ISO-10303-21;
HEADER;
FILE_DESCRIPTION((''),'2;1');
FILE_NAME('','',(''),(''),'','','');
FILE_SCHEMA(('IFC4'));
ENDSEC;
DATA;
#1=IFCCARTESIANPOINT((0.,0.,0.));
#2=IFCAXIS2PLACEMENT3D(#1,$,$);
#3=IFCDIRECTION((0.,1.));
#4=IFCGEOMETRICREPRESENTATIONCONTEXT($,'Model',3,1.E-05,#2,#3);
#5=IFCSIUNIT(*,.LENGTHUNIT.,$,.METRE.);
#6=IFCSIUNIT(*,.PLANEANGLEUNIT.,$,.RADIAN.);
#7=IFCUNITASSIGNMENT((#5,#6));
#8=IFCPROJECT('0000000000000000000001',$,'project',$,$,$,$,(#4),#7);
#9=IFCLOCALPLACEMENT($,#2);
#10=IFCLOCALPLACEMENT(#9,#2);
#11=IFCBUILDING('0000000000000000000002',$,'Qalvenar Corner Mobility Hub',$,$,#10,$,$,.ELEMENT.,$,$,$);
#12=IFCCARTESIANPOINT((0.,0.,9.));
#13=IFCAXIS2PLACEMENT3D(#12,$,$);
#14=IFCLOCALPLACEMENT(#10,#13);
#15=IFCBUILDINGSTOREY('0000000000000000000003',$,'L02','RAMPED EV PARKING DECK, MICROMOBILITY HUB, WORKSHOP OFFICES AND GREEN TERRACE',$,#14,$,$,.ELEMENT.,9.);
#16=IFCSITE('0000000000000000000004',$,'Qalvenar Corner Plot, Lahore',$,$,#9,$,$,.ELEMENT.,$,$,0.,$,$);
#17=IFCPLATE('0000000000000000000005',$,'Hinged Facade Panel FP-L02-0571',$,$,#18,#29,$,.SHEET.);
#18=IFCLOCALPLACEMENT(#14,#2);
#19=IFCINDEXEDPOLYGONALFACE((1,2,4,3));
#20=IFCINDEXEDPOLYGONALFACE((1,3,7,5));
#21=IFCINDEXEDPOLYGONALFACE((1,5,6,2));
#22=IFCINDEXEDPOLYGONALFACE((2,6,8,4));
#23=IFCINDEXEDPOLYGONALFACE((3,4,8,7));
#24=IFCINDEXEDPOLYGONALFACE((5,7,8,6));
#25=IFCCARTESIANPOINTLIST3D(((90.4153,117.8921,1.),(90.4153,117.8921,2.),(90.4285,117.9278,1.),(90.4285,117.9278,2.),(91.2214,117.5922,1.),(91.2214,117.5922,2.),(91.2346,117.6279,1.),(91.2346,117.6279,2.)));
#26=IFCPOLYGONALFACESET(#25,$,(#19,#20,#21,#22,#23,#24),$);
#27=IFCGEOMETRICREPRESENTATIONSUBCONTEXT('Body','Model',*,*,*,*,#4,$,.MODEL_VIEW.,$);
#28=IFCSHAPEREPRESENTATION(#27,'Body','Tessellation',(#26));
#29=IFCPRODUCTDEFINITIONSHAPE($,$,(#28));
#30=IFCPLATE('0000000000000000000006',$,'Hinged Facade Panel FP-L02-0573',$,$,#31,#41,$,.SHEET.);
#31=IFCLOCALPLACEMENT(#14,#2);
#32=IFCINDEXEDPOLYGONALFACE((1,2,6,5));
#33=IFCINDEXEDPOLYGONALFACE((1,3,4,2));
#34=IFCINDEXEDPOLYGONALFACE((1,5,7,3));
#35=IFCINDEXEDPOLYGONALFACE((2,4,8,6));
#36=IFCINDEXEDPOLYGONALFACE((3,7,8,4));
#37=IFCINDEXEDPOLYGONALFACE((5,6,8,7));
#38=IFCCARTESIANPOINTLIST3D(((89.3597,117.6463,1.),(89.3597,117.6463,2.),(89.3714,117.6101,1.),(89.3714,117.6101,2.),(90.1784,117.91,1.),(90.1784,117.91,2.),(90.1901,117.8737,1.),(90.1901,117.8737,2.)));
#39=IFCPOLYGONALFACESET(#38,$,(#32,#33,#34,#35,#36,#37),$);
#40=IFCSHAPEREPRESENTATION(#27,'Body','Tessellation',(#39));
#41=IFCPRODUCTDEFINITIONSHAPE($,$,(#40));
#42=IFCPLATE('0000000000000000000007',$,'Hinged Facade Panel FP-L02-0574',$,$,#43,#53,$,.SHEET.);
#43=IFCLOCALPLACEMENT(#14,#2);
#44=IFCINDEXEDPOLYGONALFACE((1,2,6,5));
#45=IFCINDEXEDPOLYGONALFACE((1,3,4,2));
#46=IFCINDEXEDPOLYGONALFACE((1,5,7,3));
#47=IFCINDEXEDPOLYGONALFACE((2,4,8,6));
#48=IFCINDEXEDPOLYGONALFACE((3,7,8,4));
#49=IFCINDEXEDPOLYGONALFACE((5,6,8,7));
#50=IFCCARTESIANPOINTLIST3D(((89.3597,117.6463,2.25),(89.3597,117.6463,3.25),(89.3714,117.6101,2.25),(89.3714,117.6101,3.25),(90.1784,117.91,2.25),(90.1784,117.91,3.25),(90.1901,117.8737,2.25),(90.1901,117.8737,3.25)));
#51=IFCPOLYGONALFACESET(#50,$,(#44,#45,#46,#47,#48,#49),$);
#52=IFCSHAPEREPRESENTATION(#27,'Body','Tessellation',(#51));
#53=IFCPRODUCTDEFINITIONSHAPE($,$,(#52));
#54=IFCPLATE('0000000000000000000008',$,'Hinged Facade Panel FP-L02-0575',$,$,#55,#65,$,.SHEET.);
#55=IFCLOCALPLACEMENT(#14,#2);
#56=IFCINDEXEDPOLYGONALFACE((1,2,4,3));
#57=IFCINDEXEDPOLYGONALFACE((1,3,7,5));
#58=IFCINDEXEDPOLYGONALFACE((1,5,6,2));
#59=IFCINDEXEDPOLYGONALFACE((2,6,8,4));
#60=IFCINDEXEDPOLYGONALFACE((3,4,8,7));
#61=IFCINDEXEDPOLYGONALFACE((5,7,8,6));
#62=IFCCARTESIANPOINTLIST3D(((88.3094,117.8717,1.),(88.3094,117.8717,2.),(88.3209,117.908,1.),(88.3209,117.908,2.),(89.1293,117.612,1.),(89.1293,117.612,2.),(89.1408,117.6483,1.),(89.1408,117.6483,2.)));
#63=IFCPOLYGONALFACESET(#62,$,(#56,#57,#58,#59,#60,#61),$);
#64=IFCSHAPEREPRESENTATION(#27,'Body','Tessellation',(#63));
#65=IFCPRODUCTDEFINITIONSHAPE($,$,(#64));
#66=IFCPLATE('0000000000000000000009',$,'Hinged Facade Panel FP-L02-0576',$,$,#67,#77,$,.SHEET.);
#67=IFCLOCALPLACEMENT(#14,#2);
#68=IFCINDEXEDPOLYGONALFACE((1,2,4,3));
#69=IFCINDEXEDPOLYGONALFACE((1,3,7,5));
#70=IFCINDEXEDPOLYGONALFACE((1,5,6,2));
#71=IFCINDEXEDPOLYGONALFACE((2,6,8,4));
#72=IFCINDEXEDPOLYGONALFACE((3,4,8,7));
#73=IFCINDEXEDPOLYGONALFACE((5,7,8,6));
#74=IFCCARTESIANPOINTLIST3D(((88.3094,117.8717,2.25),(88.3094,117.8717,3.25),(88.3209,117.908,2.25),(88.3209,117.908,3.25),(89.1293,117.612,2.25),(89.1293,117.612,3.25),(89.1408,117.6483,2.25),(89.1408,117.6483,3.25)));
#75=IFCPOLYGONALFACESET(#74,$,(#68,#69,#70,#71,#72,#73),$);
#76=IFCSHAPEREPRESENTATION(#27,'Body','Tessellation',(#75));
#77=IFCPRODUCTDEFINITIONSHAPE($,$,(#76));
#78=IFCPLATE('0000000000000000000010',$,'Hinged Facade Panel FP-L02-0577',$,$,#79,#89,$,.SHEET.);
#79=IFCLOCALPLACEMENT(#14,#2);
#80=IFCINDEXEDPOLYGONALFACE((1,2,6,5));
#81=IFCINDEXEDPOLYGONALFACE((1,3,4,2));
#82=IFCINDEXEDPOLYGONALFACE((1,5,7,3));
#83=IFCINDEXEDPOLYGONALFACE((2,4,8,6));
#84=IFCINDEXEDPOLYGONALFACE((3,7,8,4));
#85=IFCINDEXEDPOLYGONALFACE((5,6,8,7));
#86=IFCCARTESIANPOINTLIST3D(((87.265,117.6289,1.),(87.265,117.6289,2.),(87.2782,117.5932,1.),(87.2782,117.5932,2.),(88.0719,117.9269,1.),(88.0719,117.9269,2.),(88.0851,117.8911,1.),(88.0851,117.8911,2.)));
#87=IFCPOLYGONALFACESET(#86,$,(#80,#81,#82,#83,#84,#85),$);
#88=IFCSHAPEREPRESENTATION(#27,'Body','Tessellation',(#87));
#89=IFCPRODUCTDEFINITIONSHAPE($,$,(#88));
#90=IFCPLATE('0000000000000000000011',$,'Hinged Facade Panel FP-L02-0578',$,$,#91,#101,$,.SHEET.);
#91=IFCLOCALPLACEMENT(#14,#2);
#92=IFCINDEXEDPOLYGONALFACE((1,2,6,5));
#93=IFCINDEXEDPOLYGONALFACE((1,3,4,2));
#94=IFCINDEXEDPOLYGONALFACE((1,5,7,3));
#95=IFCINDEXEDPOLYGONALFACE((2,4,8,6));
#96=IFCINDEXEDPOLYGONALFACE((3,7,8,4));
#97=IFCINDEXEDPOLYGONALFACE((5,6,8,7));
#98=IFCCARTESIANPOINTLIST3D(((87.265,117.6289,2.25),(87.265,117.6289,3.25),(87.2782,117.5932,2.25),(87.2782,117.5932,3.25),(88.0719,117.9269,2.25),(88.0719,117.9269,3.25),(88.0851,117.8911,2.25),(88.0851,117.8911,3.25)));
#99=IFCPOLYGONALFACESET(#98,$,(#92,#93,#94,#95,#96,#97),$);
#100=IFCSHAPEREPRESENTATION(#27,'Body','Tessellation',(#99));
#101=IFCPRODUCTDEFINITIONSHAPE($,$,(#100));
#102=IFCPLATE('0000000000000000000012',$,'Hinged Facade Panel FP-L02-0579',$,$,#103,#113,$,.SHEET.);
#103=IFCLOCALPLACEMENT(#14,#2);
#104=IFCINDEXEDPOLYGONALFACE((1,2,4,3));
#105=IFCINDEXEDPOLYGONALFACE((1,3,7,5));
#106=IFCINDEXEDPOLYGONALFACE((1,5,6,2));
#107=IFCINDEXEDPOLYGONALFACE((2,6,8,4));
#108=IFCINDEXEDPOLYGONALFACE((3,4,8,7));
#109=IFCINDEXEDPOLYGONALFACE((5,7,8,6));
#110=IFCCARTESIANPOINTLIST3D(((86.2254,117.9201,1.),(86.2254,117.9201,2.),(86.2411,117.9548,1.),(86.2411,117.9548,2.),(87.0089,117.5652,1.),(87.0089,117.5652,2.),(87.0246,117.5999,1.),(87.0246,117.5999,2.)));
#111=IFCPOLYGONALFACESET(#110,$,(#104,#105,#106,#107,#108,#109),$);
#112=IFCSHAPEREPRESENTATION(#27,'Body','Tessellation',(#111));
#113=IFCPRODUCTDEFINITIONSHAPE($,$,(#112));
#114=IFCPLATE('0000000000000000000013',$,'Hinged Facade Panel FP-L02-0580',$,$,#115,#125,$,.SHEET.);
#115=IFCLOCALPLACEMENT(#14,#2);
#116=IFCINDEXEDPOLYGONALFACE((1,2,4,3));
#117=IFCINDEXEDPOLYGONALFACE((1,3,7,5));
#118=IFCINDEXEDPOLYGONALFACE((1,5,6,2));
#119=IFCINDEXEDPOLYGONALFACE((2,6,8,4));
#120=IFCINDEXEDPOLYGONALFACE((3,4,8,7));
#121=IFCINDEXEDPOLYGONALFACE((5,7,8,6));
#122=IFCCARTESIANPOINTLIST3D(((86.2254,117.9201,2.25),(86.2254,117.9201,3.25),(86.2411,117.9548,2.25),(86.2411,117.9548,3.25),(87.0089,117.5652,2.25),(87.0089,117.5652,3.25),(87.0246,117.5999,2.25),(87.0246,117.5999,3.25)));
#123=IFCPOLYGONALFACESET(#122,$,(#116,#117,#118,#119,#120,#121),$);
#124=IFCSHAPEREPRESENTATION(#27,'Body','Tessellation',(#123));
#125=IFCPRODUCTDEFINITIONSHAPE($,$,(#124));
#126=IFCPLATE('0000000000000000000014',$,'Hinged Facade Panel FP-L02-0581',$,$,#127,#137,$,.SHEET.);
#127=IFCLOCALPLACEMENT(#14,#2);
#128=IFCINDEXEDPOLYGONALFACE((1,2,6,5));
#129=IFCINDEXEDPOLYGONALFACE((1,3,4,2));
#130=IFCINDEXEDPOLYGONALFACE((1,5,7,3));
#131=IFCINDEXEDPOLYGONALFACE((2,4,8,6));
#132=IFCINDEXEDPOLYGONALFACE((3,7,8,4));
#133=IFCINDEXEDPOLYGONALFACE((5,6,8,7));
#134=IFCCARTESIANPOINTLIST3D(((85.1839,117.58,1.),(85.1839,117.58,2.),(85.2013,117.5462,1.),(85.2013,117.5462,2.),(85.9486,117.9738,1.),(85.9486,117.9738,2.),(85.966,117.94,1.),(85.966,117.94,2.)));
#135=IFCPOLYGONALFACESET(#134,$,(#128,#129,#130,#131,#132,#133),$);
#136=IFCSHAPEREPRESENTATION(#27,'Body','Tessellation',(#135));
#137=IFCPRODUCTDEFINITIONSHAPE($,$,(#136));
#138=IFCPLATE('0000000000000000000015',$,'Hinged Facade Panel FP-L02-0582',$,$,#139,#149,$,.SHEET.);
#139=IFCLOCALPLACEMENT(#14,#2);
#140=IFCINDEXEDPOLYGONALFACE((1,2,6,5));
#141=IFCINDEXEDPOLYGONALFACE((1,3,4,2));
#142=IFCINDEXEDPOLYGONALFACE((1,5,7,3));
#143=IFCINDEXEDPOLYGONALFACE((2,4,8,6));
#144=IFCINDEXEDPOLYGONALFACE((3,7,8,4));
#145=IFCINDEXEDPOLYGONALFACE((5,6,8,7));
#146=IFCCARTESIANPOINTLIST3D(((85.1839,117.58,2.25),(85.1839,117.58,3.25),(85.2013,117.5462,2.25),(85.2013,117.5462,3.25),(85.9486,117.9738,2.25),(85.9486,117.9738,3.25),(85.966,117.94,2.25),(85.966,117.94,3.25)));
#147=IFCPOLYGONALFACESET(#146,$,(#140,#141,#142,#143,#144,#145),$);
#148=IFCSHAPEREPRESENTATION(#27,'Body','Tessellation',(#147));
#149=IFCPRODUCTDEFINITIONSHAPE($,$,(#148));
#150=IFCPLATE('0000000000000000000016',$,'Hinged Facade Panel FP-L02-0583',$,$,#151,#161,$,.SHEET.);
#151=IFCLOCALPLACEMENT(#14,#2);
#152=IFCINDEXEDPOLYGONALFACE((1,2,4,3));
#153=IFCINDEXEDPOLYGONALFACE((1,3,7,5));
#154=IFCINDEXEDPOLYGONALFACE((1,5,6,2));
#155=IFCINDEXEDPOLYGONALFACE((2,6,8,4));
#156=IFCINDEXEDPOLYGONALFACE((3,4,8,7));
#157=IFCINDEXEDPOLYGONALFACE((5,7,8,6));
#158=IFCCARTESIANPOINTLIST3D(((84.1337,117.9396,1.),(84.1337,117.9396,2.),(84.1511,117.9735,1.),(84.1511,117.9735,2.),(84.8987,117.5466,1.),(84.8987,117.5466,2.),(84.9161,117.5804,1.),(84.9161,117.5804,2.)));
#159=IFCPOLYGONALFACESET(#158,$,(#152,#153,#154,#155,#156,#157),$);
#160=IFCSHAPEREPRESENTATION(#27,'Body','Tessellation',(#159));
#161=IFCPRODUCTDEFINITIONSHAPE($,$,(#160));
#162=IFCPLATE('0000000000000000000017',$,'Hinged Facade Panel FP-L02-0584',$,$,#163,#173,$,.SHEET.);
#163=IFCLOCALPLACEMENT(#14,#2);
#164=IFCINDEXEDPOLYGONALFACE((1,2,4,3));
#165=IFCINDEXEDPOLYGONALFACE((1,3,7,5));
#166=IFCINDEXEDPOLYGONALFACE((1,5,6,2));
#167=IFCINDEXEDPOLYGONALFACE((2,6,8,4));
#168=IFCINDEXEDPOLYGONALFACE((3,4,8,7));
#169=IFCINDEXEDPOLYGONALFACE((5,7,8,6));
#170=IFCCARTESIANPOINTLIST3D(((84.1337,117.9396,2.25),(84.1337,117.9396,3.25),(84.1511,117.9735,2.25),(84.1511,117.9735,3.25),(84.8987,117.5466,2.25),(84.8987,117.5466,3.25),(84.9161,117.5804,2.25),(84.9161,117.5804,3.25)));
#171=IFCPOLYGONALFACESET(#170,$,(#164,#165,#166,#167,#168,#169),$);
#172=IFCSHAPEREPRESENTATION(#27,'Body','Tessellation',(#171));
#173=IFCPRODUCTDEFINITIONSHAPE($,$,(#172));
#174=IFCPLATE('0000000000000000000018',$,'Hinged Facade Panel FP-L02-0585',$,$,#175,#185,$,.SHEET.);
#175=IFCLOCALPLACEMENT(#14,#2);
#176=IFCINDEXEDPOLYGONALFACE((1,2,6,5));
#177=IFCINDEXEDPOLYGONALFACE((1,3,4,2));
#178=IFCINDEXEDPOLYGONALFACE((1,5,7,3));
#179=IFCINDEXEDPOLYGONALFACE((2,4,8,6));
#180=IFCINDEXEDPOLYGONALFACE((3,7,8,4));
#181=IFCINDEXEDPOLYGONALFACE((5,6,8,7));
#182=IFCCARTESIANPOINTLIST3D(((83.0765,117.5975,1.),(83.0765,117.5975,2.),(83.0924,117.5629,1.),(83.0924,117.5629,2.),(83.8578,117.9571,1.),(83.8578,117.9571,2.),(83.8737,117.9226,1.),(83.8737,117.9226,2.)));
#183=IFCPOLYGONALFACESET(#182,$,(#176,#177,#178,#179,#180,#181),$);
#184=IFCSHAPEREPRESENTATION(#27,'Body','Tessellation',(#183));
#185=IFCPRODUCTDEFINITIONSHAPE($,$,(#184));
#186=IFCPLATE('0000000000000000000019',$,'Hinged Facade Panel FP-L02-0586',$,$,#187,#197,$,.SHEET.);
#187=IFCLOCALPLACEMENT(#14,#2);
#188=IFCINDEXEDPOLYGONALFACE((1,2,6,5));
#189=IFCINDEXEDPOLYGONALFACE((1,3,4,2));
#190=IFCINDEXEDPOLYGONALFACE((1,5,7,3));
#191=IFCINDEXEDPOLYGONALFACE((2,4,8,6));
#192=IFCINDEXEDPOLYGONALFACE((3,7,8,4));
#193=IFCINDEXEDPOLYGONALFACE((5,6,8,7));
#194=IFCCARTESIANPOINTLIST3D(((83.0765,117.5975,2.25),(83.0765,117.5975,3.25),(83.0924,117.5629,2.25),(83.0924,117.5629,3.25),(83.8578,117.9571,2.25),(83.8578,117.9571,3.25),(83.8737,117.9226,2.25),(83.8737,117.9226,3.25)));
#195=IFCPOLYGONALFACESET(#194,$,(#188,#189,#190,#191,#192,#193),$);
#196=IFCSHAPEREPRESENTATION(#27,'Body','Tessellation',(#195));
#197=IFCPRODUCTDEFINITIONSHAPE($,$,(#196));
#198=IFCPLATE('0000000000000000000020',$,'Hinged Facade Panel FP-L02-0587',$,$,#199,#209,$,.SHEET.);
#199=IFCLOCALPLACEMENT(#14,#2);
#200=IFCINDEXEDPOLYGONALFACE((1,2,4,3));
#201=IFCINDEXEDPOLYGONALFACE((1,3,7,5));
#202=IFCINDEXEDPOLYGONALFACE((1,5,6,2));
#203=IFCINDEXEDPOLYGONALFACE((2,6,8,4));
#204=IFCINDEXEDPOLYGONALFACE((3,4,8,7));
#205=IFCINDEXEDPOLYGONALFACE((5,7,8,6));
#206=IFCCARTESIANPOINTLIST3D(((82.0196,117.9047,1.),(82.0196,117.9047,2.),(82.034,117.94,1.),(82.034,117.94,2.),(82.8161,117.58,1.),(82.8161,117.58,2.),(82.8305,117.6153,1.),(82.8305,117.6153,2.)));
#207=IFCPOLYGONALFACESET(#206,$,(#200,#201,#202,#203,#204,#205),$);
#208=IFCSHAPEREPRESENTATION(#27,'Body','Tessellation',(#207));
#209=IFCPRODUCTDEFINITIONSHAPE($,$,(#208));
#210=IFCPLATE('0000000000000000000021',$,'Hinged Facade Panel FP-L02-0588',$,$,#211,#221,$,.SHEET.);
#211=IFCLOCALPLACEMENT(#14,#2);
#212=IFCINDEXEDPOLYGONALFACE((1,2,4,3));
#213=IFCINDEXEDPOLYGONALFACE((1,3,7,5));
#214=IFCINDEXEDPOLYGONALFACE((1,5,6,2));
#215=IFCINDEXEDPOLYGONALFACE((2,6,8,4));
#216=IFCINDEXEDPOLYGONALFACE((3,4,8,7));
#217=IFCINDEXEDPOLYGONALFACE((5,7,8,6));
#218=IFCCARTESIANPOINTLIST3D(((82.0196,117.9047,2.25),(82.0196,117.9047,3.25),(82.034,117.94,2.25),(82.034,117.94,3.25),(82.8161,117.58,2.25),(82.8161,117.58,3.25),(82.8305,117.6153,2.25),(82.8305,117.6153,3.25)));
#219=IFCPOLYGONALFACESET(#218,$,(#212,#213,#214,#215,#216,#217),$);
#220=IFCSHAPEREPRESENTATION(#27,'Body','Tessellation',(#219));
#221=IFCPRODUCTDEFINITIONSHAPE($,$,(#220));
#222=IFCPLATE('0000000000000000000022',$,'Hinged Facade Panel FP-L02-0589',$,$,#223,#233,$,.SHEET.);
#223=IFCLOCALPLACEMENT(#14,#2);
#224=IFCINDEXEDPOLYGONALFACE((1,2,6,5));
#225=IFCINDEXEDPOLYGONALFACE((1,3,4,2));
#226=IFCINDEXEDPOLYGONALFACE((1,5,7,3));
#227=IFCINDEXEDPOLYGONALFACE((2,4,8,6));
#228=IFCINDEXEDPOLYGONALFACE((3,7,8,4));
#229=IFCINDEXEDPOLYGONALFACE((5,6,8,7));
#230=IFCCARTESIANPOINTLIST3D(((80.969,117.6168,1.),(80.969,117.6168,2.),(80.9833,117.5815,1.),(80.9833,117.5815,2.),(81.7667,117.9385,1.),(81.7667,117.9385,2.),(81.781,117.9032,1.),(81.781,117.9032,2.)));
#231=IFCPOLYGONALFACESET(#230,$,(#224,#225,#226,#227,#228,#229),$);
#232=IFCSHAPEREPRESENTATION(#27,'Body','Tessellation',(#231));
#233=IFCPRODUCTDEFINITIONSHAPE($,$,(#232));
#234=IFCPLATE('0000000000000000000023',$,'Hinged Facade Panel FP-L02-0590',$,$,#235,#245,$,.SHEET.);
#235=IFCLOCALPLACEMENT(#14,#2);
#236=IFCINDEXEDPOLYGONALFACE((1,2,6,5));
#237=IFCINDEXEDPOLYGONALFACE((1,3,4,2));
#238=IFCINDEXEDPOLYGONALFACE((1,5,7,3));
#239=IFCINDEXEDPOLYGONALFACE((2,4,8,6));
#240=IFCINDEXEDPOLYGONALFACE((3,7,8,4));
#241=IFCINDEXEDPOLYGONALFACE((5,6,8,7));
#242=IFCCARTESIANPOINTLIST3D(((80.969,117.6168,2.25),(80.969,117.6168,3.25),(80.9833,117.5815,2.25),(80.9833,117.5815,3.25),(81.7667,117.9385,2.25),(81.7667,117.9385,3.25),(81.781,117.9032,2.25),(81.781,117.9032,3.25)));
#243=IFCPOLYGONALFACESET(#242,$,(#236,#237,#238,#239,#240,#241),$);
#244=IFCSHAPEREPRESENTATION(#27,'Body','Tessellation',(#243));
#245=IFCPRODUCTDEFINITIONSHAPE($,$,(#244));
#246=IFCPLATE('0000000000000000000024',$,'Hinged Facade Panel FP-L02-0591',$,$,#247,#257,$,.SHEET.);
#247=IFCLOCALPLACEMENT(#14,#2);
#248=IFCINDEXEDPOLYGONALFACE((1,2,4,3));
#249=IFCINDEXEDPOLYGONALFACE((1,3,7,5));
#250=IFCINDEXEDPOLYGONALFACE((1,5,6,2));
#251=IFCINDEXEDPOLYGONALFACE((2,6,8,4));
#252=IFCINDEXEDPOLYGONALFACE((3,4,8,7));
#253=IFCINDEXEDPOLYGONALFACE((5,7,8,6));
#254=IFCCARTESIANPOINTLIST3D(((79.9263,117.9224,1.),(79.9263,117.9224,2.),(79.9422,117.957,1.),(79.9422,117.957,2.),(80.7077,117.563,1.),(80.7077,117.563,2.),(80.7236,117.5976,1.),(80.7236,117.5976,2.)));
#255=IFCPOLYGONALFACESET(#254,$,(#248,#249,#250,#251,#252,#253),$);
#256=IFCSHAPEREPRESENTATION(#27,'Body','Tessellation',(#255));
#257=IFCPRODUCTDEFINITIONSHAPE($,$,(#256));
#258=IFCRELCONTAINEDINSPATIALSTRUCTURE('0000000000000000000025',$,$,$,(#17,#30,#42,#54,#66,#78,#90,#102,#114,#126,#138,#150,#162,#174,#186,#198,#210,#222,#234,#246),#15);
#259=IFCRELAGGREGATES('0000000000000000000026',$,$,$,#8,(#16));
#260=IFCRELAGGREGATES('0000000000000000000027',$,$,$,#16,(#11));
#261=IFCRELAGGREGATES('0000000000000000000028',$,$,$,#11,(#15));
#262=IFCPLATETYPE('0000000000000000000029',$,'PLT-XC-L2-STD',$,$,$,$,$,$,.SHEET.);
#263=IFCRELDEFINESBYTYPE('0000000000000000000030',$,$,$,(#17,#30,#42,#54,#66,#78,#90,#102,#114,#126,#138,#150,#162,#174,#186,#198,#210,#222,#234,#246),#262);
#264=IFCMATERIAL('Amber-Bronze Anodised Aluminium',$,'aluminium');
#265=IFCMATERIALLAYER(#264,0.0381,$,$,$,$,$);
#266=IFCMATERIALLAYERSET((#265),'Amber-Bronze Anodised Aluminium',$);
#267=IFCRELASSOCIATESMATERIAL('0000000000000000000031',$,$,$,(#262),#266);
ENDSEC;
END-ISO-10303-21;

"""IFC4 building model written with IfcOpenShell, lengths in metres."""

from ifc_helpers import new_model, si_unit, direction, frame, origin, origin_2d, place, context, subcontext, project, spatial, rectangle, extrude, material, layer, layer_set, type_object, element, save


model = new_model("IFC4")

# Units and contexts
model_context = context("Model", 3, precision=1e-05, world=origin(), true_north=direction((0.0, 1.0)))
body_context = subcontext(model_context, "Body", "Model", "MODEL_VIEW")
ifc_project = project(units=[si_unit("LENGTHUNIT", "METRE"), si_unit("PLANEANGLEUNIT", "RADIAN")], contexts=[model_context])

# Site, building, storey
site_placement = place(None, origin())
site = spatial("IfcSite", under=ifc_project, at=site_placement, Name="Qalvenar Corner Plot, Lahore", CompositionType="ELEMENT", RefElevation=0.0)
building_placement = place(site_placement, origin())
building = spatial("IfcBuilding", under=site, at=building_placement, Name="Qalvenar Corner Mobility Hub", CompositionType="ELEMENT")
storey_placement = place(building_placement, frame((0.0, 0.0, 9.0)))
storey = spatial("IfcBuildingStorey", under=building, at=storey_placement, Name="L02", Description="RAMPED EV PARKING DECK, MICROMOBILITY HUB, WORKSHOP OFFICES AND GREEN TERRACE", CompositionType="ELEMENT", Elevation=9.0)

# Plates
ifc_material_1 = material(Name="Amber-Bronze Anodised Aluminium", Category="aluminium")
ifc_layer = layer(ifc_material_1, 0.0381)
ifc_layer_set = layer_set([ifc_layer], Name="Amber-Bronze Anodised Aluminium")
plate_type = type_object("IfcPlateType", Name="PLT-XC-L2-STD", PredefinedType="SHEET", material=ifc_layer_set)
for number, where, z_axis, x_axis, name in (
    (1, (90.825, 117.76, 1.0), (0.0, 0.0, 1.0), (-0.937221, 0.348736, 0.0), "Hinged Facade Panel FP-L02-0571"),
    (2, (89.7749, 117.76, 1.0), (0.0, 0.0, 1.0), (-0.951862, -0.306526, 0.0), "Hinged Facade Panel FP-L02-0573"),
    (3, (89.7749, 117.76, 2.25), (0.0, 0.0, 1.0), (-0.951862, -0.306526, 0.0), "Hinged Facade Panel FP-L02-0574"),
    (4, (88.7251, 117.76, 1.0), (0.0, 0.0, 1.0), (-0.953349, 0.301871, 0.0), "Hinged Facade Panel FP-L02-0575"),
    (5, (88.7251, 117.76, 2.25), (0.0, 0.0, 1.0), (-0.953349, 0.301871, 0.0), "Hinged Facade Panel FP-L02-0576"),
    (6, (87.675, 117.76, 1.0), (0.0, 0.0, 1.0), (-0.93807, -0.346445, 0.0), "Hinged Facade Panel FP-L02-0577"),
    (7, (87.675, 117.76, 2.25), (0.0, 0.0, 1.0), (-0.93807, -0.346445, 0.0), "Hinged Facade Panel FP-L02-0578"),
    (8, (86.625, 117.76, 1.0), (0.0, 0.0, 1.0), (-0.9109, 0.412628, 0.0), "Hinged Facade Panel FP-L02-0579"),
    (9, (86.625, 117.76, 2.25), (0.0, 0.0, 1.0), (-0.9109, 0.412628, 0.0), "Hinged Facade Panel FP-L02-0580"),
    (10, (85.575, 117.76, 1.0), (0.0, 0.0, 1.0), (-0.889017, -0.457874, 0.0), "Hinged Facade Panel FP-L02-0581"),
    (11, (85.575, 117.76, 2.25), (0.0, 0.0, 1.0), (-0.889017, -0.457874, 0.0), "Hinged Facade Panel FP-L02-0582"),
    (12, (84.5249, 117.76, 1.0), (0.0, 0.0, 1.0), (-0.889496, 0.456943, 0.0), "Hinged Facade Panel FP-L02-0583"),
    (13, (84.5249, 117.76, 2.25), (0.0, 0.0, 1.0), (-0.889496, 0.456943, 0.0), "Hinged Facade Panel FP-L02-0584"),
    (14, (83.4751, 117.76, 1.0), (0.0, 0.0, 1.0), (-0.908362, -0.418184, 0.0), "Hinged Facade Panel FP-L02-0585"),
    (15, (83.4751, 117.76, 2.25), (0.0, 0.0, 1.0), (-0.908362, -0.418184, 0.0), "Hinged Facade Panel FP-L02-0586"),
    (16, (82.425, 117.76, 1.0), (0.0, 0.0, 1.0), (-0.926002, 0.377518, 0.0), "Hinged Facade Panel FP-L02-0587"),
    (17, (82.425, 117.76, 2.25), (0.0, 0.0, 1.0), (-0.926002, 0.377518, 0.0), "Hinged Facade Panel FP-L02-0588"),
    (18, (81.375, 117.76, 1.0), (0.0, 0.0, 1.0), (-0.927445, -0.373959, 0.0), "Hinged Facade Panel FP-L02-0589"),
    (19, (81.375, 117.76, 2.25), (0.0, 0.0, 1.0), (-0.927445, -0.373959, 0.0), "Hinged Facade Panel FP-L02-0590"),
    (20, (80.325, 117.76, 1.0), (0.0, 0.0, 1.0), (-0.908508, 0.417867, 0.0), "Hinged Facade Panel FP-L02-0591"),
):
    element("IfcPlate", number, at=place(storey_placement, frame(where, z_axis=z_axis, x_axis=x_axis)), inside=storey, type_object=plate_type, Name=name, PredefinedType="SHEET", context=body_context, shape_type="SweptSolid", body=[
        extrude(rectangle(XDim=0.8601, YDim=0.0381, at=origin_2d()), origin(), (0.0, 0.0, 1.0), 1.0),
    ])

save(model, "model.ifc")
